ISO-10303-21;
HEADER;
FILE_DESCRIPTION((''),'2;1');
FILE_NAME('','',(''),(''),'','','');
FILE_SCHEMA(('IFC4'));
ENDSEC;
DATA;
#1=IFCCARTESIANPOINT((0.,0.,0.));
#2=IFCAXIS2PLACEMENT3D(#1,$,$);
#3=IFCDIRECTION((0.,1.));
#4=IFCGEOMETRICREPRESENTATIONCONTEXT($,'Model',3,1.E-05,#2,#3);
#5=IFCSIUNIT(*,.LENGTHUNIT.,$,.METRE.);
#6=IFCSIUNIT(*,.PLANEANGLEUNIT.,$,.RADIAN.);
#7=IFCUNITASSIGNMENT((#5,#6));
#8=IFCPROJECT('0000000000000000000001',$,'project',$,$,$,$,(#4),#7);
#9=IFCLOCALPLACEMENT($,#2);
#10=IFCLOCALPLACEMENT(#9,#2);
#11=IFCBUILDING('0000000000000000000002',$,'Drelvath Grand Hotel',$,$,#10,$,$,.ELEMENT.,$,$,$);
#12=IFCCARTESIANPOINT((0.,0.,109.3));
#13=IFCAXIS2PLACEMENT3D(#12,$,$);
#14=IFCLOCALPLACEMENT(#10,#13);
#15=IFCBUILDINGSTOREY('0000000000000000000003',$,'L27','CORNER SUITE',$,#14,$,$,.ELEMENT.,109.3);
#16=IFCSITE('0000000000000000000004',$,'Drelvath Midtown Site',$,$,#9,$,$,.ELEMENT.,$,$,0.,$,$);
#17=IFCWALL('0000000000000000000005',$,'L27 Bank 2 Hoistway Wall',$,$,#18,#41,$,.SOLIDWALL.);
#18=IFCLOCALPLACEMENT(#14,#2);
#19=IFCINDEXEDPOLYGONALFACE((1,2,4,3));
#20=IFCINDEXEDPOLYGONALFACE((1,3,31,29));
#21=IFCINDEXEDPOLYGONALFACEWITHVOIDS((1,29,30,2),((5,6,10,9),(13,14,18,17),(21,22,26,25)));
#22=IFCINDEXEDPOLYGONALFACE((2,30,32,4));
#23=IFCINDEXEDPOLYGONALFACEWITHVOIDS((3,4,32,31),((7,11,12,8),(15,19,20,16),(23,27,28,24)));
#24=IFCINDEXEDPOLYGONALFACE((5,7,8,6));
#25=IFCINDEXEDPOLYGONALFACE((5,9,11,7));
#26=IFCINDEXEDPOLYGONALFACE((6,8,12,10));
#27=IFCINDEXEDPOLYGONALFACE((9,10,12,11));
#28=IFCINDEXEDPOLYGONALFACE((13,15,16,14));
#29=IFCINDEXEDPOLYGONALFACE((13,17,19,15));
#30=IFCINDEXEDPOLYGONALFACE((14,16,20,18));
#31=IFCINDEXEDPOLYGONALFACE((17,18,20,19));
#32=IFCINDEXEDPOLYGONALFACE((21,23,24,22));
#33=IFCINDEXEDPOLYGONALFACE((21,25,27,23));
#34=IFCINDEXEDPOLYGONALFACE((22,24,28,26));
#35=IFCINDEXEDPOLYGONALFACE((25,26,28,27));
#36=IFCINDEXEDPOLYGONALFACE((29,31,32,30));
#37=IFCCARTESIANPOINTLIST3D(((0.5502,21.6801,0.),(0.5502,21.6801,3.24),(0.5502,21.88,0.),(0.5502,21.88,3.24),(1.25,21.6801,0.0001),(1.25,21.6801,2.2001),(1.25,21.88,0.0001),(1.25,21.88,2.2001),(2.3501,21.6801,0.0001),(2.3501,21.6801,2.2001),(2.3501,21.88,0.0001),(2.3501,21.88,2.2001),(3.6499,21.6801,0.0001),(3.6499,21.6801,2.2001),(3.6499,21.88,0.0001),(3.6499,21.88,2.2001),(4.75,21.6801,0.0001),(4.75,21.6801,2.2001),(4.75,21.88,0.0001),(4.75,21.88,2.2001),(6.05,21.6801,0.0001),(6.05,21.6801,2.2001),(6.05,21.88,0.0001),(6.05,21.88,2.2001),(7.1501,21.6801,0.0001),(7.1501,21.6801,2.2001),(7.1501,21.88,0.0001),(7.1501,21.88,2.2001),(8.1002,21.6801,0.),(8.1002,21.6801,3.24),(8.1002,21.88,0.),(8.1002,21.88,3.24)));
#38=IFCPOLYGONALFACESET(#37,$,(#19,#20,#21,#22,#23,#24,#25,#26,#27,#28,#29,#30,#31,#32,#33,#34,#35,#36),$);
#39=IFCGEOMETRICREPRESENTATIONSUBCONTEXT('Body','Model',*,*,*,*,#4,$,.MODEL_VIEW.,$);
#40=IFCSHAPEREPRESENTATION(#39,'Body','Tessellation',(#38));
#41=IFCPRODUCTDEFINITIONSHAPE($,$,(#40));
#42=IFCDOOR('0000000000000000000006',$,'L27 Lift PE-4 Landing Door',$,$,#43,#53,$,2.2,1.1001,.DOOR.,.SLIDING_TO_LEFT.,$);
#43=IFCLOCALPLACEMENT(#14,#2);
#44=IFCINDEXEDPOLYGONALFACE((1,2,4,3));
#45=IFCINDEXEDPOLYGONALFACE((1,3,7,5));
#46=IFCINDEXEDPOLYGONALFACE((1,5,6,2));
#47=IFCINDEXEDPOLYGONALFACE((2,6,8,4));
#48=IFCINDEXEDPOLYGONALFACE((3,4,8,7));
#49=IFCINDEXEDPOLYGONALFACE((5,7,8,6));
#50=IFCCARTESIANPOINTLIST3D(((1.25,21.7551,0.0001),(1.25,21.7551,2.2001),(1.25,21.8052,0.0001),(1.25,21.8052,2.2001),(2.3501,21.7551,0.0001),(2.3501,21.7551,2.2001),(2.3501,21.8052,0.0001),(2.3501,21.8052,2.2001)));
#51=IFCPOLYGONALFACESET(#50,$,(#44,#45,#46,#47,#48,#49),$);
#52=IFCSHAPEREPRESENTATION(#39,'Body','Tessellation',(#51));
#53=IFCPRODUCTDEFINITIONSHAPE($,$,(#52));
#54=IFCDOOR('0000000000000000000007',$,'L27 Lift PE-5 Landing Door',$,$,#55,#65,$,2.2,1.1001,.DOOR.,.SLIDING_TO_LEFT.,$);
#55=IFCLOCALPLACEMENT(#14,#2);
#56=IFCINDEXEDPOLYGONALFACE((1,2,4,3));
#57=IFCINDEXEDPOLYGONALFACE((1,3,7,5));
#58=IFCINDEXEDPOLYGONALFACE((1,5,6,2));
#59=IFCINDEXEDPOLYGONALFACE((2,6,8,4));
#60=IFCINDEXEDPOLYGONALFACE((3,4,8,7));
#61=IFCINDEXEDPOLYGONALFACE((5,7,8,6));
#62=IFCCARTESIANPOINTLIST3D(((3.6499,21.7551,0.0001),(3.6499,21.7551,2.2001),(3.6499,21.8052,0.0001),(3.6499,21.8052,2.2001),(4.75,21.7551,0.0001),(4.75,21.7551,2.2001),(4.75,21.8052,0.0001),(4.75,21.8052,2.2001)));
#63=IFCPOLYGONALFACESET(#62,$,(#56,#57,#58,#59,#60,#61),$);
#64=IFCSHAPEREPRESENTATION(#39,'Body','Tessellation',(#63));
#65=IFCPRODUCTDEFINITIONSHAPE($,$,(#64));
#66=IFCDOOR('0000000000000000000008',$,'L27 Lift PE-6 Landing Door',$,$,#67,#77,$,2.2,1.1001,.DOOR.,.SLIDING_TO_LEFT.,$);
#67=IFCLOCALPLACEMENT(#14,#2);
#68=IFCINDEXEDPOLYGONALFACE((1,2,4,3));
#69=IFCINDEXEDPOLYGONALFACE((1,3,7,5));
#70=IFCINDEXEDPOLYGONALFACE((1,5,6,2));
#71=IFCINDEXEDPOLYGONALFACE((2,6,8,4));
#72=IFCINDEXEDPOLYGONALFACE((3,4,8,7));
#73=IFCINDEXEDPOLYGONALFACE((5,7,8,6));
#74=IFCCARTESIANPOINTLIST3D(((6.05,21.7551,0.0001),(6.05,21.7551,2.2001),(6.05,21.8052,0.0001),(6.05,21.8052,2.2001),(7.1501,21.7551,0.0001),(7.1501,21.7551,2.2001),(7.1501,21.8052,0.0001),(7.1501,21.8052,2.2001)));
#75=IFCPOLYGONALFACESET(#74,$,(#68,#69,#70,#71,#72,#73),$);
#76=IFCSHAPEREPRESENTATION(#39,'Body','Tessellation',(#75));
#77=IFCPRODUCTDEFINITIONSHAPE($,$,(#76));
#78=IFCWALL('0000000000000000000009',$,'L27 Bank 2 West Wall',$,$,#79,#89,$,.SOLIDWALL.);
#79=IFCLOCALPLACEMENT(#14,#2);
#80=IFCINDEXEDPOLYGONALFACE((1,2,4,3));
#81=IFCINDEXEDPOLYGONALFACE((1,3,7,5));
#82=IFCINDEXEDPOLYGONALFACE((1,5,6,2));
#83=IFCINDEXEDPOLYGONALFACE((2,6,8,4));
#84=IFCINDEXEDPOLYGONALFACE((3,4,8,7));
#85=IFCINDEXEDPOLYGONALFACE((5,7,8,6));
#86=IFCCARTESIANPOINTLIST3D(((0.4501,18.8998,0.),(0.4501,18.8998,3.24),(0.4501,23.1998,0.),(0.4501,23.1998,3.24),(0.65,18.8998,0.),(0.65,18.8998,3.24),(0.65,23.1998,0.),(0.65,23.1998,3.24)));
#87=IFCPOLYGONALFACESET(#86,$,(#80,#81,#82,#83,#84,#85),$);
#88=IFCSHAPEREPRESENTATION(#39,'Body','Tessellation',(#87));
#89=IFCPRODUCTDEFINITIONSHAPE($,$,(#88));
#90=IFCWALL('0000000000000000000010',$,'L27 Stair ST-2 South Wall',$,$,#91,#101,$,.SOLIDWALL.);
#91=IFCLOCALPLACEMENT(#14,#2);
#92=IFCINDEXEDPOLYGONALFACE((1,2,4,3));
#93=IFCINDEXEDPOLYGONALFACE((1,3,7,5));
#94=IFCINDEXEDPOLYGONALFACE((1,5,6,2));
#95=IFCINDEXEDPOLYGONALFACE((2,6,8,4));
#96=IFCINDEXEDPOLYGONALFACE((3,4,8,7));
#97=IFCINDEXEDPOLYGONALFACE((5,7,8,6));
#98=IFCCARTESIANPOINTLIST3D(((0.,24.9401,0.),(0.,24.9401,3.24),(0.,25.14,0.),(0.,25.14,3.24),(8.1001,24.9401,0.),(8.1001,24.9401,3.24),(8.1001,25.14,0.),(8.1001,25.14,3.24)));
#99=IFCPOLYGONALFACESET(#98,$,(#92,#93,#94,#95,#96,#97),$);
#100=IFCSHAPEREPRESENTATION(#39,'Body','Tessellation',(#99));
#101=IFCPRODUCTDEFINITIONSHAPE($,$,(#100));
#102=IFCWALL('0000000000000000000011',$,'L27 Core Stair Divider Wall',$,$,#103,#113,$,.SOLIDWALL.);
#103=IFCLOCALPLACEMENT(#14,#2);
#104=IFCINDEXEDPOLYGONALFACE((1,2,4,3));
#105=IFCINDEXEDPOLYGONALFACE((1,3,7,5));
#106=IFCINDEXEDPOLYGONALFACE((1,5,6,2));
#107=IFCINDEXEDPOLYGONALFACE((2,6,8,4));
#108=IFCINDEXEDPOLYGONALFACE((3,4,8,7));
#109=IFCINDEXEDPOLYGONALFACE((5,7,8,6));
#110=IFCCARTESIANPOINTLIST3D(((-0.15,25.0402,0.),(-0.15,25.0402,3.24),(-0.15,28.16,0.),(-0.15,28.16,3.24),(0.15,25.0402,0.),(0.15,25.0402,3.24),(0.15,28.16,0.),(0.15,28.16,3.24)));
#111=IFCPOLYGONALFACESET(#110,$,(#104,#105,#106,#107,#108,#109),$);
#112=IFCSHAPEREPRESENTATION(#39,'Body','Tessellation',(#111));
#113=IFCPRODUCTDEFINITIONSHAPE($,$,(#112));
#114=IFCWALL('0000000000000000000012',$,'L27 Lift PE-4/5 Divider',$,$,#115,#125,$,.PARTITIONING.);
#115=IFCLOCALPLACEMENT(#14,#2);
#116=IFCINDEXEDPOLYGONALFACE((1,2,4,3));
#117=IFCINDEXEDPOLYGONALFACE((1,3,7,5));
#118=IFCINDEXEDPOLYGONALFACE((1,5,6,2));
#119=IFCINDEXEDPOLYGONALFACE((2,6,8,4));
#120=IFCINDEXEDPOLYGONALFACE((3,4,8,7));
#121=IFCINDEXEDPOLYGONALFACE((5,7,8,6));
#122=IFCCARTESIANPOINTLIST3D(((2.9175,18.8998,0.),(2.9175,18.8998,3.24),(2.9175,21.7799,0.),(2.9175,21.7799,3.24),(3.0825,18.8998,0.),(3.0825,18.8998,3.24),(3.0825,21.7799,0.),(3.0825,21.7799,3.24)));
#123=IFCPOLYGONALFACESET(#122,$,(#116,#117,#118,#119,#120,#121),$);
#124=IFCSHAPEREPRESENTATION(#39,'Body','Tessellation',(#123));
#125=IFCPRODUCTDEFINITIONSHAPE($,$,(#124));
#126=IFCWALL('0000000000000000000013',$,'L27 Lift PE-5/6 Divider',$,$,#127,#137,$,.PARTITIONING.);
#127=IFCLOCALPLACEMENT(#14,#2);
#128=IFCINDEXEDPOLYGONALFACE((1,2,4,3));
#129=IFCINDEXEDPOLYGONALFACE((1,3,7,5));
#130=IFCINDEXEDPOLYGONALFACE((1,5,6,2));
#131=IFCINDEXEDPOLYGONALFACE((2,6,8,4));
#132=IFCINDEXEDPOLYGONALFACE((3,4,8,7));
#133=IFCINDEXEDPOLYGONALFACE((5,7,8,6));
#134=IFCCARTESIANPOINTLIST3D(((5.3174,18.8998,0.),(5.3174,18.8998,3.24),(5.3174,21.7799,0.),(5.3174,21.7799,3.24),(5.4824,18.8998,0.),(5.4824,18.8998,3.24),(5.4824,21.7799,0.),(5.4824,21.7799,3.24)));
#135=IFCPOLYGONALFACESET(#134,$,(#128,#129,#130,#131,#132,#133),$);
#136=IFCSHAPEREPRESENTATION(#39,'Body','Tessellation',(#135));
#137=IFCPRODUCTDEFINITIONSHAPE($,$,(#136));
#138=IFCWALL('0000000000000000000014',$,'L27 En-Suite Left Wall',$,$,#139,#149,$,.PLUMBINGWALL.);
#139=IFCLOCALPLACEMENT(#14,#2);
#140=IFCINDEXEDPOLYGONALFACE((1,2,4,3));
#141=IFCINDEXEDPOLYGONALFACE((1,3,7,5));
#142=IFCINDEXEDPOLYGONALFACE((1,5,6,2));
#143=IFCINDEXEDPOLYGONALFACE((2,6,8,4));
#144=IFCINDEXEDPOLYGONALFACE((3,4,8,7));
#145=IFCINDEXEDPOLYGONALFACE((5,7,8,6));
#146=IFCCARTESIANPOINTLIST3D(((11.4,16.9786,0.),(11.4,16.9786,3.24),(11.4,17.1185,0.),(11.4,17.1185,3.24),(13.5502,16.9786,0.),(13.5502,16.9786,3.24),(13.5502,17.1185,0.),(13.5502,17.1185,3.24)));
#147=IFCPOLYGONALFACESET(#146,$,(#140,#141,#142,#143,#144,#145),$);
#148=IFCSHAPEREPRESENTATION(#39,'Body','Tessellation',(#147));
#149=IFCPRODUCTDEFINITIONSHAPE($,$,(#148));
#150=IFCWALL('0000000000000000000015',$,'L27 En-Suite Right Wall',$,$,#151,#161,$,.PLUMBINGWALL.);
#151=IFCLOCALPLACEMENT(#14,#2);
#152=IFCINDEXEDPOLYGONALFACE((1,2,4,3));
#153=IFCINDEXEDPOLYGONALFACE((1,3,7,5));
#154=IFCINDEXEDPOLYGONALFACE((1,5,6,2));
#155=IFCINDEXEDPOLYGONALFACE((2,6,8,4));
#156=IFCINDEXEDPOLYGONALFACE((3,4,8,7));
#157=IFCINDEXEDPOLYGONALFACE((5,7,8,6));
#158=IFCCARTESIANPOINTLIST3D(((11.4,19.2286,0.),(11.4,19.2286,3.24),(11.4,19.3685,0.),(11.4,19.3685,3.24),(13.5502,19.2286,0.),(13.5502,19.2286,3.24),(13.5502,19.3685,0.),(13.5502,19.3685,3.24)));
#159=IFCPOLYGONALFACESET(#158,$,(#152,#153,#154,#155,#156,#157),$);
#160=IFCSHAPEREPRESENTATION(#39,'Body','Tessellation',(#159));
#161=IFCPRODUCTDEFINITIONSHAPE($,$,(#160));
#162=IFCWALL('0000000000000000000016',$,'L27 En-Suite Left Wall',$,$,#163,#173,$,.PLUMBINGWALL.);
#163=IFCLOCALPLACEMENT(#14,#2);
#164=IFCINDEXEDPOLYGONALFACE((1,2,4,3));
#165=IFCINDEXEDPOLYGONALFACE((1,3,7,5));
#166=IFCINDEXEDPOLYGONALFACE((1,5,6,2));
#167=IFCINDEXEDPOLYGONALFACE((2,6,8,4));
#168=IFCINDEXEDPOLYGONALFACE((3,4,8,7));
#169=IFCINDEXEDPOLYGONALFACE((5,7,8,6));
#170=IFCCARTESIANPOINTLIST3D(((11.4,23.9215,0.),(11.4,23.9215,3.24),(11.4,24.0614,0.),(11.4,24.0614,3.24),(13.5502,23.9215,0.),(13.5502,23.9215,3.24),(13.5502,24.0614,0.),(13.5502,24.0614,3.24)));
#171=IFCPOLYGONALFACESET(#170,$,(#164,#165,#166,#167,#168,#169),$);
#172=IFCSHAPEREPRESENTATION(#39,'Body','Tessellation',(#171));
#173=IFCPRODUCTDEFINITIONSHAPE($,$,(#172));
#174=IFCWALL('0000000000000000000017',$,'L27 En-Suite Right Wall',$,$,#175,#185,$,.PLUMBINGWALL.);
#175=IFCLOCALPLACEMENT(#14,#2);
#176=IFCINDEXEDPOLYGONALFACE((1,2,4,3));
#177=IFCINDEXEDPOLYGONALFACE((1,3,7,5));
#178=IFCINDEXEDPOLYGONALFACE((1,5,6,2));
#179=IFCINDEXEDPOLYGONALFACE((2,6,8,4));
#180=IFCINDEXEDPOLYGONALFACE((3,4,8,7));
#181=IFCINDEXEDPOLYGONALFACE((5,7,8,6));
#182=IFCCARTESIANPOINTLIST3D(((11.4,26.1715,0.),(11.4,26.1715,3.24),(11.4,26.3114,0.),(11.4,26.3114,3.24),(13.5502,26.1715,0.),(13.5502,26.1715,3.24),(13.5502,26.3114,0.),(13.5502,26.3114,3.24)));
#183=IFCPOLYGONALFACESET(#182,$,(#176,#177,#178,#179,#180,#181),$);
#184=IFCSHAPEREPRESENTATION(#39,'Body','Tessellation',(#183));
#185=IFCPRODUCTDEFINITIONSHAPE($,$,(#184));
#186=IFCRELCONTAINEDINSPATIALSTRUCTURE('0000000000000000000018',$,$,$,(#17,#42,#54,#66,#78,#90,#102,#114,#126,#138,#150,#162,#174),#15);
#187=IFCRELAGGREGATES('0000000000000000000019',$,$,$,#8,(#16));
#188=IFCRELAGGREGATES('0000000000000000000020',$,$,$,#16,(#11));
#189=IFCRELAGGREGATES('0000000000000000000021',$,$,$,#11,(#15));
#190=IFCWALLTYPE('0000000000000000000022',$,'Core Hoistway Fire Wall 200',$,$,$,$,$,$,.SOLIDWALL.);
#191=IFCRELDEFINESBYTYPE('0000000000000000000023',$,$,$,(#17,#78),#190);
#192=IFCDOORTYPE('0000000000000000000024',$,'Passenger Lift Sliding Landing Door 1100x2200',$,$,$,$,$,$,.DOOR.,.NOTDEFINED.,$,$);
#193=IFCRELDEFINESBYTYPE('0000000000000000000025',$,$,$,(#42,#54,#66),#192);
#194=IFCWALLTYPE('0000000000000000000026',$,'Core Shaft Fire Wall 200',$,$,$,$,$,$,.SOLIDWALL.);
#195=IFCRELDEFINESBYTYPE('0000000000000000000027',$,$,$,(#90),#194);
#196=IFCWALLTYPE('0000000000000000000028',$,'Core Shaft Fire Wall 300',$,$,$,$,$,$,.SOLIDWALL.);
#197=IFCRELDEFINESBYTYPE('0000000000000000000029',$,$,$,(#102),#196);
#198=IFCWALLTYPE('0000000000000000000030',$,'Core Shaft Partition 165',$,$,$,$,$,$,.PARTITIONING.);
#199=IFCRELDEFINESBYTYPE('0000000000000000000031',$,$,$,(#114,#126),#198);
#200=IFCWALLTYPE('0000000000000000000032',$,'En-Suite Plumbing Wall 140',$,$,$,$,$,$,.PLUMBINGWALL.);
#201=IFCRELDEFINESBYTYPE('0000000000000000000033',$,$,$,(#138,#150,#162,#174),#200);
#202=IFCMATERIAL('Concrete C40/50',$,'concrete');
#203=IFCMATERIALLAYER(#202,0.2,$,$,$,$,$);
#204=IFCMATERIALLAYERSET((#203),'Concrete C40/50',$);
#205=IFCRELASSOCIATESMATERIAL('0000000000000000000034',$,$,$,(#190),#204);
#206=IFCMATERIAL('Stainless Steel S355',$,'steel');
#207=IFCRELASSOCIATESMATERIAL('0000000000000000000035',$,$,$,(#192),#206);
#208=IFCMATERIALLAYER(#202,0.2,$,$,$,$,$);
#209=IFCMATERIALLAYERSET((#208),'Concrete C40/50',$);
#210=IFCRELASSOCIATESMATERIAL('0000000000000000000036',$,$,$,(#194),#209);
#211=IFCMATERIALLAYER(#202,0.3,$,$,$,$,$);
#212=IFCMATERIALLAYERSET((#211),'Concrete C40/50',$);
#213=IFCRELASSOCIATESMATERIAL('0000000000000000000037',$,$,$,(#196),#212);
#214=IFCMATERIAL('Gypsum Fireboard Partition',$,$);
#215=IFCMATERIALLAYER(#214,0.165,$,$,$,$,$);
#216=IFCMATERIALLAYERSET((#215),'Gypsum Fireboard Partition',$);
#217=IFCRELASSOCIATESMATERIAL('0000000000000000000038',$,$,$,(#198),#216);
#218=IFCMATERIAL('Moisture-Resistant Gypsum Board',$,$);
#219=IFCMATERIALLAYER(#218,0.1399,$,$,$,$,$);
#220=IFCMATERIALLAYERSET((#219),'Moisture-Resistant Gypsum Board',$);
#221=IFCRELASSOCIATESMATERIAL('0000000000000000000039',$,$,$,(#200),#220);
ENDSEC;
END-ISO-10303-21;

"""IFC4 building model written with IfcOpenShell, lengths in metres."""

from ifc_helpers import new_model, si_unit, direction, frame, frame_2d, origin, place, context, subcontext, project, spatial, rectangle, extrude, material, layer, layer_set, type_object, element, fill, save


model = new_model("IFC4")

# Units and contexts
model_context = context("Model", 3, precision=1e-05, world=origin(), true_north=direction((0.0, 1.0)))
body_context = subcontext(model_context, "Body", "Model", "MODEL_VIEW")
ifc_project = project(units=[si_unit("LENGTHUNIT", "METRE"), si_unit("PLANEANGLEUNIT", "RADIAN")], contexts=[model_context])

# Site, building, storey
site_placement = place(None, origin())
site = spatial("IfcSite", under=ifc_project, at=site_placement, Name="Drelvath Midtown Site", CompositionType="ELEMENT", RefElevation=0.0)
building_placement = place(site_placement, origin())
building = spatial("IfcBuilding", under=site, at=building_placement, Name="Drelvath Grand Hotel", CompositionType="ELEMENT")
storey_placement = place(building_placement, frame((0.0, 0.0, 109.3)))
storey = spatial("IfcBuildingStorey", under=building, at=storey_placement, Name="L27", Description="CORNER SUITE", CompositionType="ELEMENT", Elevation=109.3)

# Wall, openings, doors
ifc_material_1 = material(Name="Concrete C40/50", Category="concrete")
ifc_layer_1 = layer(ifc_material_1, 0.2)
ifc_layer_set_1 = layer_set([ifc_layer_1], Name="Concrete C40/50")
wall_type_1 = type_object("IfcWallType", Name="Core Hoistway Fire Wall 200", PredefinedType="SOLIDWALL", material=ifc_layer_set_1)
wall_1_placement = place(storey_placement, frame((8.1001, 21.78, 0.0), z_axis=(0.0, 0.0, 1.0), x_axis=(-1.0, 0.0, 0.0)))
wall_1 = element("IfcWall", 1, at=wall_1_placement, inside=storey, type_object=wall_type_1, Name="L27 Bank 2 Hoistway Wall", PredefinedType="SOLIDWALL", context=body_context, shape_type="SweptSolid", body=[
    extrude(rectangle(XDim=7.55, YDim=0.2, at=frame_2d((3.7749, 0.0))), origin(), (0.0, 0.0, 1.0), 3.24),
])
opening_1_placement = place(wall_1_placement, frame((5.75, 0.0, 0.0)))
opening_1 = element("IfcOpeningElement", 2, at=opening_1_placement, cuts=wall_1, PredefinedType="OPENING", context=body_context, shape_type="SweptSolid", body=[
    extrude(rectangle(XDim=1.1001, YDim=2.2, at=frame_2d((0.55, 1.1001))), frame((0.0, 0.1099, 0.0), z_axis=(0.0, -1.0, 0.0), x_axis=(1.0, 0.0, 0.0)), (0.0, 0.0, 1.0), 0.22),
])
opening_2_placement = place(wall_1_placement, frame((3.3501, 0.0, 0.0)))
opening_2 = element("IfcOpeningElement", 3, at=opening_2_placement, cuts=wall_1, PredefinedType="OPENING", context=body_context, shape_type="SweptSolid", body=[
    extrude(rectangle(XDim=1.1001, YDim=2.2, at=frame_2d((0.55, 1.1001))), frame((0.0, 0.1099, 0.0), z_axis=(0.0, -1.0, 0.0), x_axis=(1.0, 0.0, 0.0)), (0.0, 0.0, 1.0), 0.22),
])
opening_3_placement = place(wall_1_placement, frame((0.95, 0.0, 0.0)))
opening_3 = element("IfcOpeningElement", 4, at=opening_3_placement, cuts=wall_1, PredefinedType="OPENING", context=body_context, shape_type="SweptSolid", body=[
    extrude(rectangle(XDim=1.1001, YDim=2.2, at=frame_2d((0.55, 1.1001))), frame((0.0, 0.1099, 0.0), z_axis=(0.0, -1.0, 0.0), x_axis=(1.0, 0.0, 0.0)), (0.0, 0.0, 1.0), 0.22),
])
ifc_material_2 = material(Name="Stainless Steel S355", Category="steel")
door_type = type_object("IfcDoorType", Name="Passenger Lift Sliding Landing Door 1100x2200", OperationType="NOTDEFINED", PredefinedType="DOOR", material=ifc_material_2)
door_1_placement = place(opening_1_placement, origin())
door_1 = element("IfcDoor", 5, at=door_1_placement, inside=storey, type_object=door_type, Name="L27 Lift PE-4 Landing Door", OperationType="SLIDING_TO_LEFT", OverallHeight=2.2, OverallWidth=1.1001, PredefinedType="DOOR", context=body_context, shape_type="SweptSolid", body=[
    extrude(rectangle(XDim=1.1001, YDim=2.2, at=frame_2d((0.55, 1.1001))), frame((0.0, 0.0249, 0.0), z_axis=(0.0, -1.0, 0.0), x_axis=(1.0, 0.0, 0.0)), (0.0, 0.0, 1.0), 0.05),
])
fill(opening_1, door_1)
door_2_placement = place(opening_2_placement, origin())
door_2 = element("IfcDoor", 6, at=door_2_placement, inside=storey, type_object=door_type, Name="L27 Lift PE-5 Landing Door", OperationType="SLIDING_TO_LEFT", OverallHeight=2.2, OverallWidth=1.1001, PredefinedType="DOOR", context=body_context, shape_type="SweptSolid", body=[
    extrude(rectangle(XDim=1.1001, YDim=2.2, at=frame_2d((0.55, 1.1001))), frame((0.0, 0.0249, 0.0), z_axis=(0.0, -1.0, 0.0), x_axis=(1.0, 0.0, 0.0)), (0.0, 0.0, 1.0), 0.05),
])
fill(opening_2, door_2)
door_3_placement = place(opening_3_placement, origin())
door_3 = element("IfcDoor", 7, at=door_3_placement, inside=storey, type_object=door_type, Name="L27 Lift PE-6 Landing Door", OperationType="SLIDING_TO_LEFT", OverallHeight=2.2, OverallWidth=1.1001, PredefinedType="DOOR", context=body_context, shape_type="SweptSolid", body=[
    extrude(rectangle(XDim=1.1001, YDim=2.2, at=frame_2d((0.55, 1.1001))), frame((0.0, 0.0249, 0.0), z_axis=(0.0, -1.0, 0.0), x_axis=(1.0, 0.0, 0.0)), (0.0, 0.0, 1.0), 0.05),
])
fill(opening_3, door_3)

# Walls
wall_2_placement = place(storey_placement, frame((0.55, 18.8999, 0.0), z_axis=(0.0, 0.0, 1.0), x_axis=(0.0, 1.0, 0.0)))
element("IfcWall", 8, at=wall_2_placement, inside=storey, type_object=wall_type_1, Name="L27 Bank 2 West Wall", PredefinedType="SOLIDWALL", context=body_context, shape_type="SweptSolid", body=[
    extrude(rectangle(XDim=4.3, YDim=0.2, at=frame_2d((2.1499, 0.0))), origin(), (0.0, 0.0, 1.0), 3.24),
])
ifc_layer_2 = layer(ifc_material_1, 0.2)
ifc_layer_set_2 = layer_set([ifc_layer_2], Name="Concrete C40/50")
wall_type_2 = type_object("IfcWallType", Name="Core Shaft Fire Wall 200", PredefinedType="SOLIDWALL", material=ifc_layer_set_2)
wall_3_placement = place(storey_placement, frame((0.0, 25.04, 0.0), z_axis=(0.0, 0.0, 1.0), x_axis=(1.0, 0.0, 0.0)))
element("IfcWall", 9, at=wall_3_placement, inside=storey, type_object=wall_type_2, Name="L27 Stair ST-2 South Wall", PredefinedType="SOLIDWALL", context=body_context, shape_type="SweptSolid", body=[
    extrude(rectangle(XDim=8.1001, YDim=0.2, at=frame_2d((4.05, 0.0))), origin(), (0.0, 0.0, 1.0), 3.24),
])
ifc_layer_3 = layer(ifc_material_1, 0.3)
ifc_layer_set_3 = layer_set([ifc_layer_3], Name="Concrete C40/50")
wall_type_3 = type_object("IfcWallType", Name="Core Shaft Fire Wall 300", PredefinedType="SOLIDWALL", material=ifc_layer_set_3)
wall_4_placement = place(storey_placement, frame((0.0, 25.04, 0.0), z_axis=(0.0, 0.0, 1.0), x_axis=(0.0, 1.0, 0.0)))
element("IfcWall", 10, at=wall_4_placement, inside=storey, type_object=wall_type_3, Name="L27 Core Stair Divider Wall", PredefinedType="SOLIDWALL", context=body_context, shape_type="SweptSolid", body=[
    extrude(rectangle(XDim=3.1199, YDim=0.3, at=frame_2d((1.5601, 0.0))), origin(), (0.0, 0.0, 1.0), 3.24),
])
ifc_material_3 = material(Name="Gypsum Fireboard Partition")
ifc_layer_4 = layer(ifc_material_3, 0.165)
ifc_layer_set_4 = layer_set([ifc_layer_4], Name="Gypsum Fireboard Partition")
wall_type_4 = type_object("IfcWallType", Name="Core Shaft Partition 165", PredefinedType="PARTITIONING", material=ifc_layer_set_4)
for number, where, z_axis, x_axis, name in (
    (11, (3.0, 18.8999, 0.0), (0.0, 0.0, 1.0), (0.0, 1.0, 0.0), "L27 Lift PE-4/5 Divider"),
    (12, (5.3999, 18.8999, 0.0), (0.0, 0.0, 1.0), (0.0, 1.0, 0.0), "L27 Lift PE-5/6 Divider"),
):
    element("IfcWall", number, at=place(storey_placement, frame(where, z_axis=z_axis, x_axis=x_axis)), inside=storey, type_object=wall_type_4, Name=name, PredefinedType="PARTITIONING", context=body_context, shape_type="SweptSolid", body=[
        extrude(rectangle(XDim=2.8801, YDim=0.165, at=frame_2d((1.4399, 0.0))), origin(), (0.0, 0.0, 1.0), 3.24),
    ])
ifc_material_4 = material(Name="Moisture-Resistant Gypsum Board")
ifc_layer_5 = layer(ifc_material_4, 0.1399)
ifc_layer_set_5 = layer_set([ifc_layer_5], Name="Moisture-Resistant Gypsum Board")
wall_type_5 = type_object("IfcWallType", Name="En-Suite Plumbing Wall 140", PredefinedType="PLUMBINGWALL", material=ifc_layer_set_5)
for number, where, z_axis, x_axis, name in (
    (13, (11.3999, 17.0486, 0.0), (0.0, 0.0, 1.0), (1.0, 0.0, 0.0), "L27 En-Suite Left Wall"),
    (14, (11.3999, 19.2986, 0.0), (0.0, 0.0, 1.0), (1.0, 0.0, 0.0), "L27 En-Suite Right Wall"),
    (15, (11.3999, 23.9915, 0.0), (0.0, 0.0, 1.0), (1.0, 0.0, 0.0), "L27 En-Suite Left Wall"),
    (16, (11.3999, 26.2415, 0.0), (0.0, 0.0, 1.0), (1.0, 0.0, 0.0), "L27 En-Suite Right Wall"),
):
    element("IfcWall", number, at=place(storey_placement, frame(where, z_axis=z_axis, x_axis=x_axis)), inside=storey, type_object=wall_type_5, Name=name, PredefinedType="PLUMBINGWALL", context=body_context, shape_type="SweptSolid", body=[
        extrude(rectangle(XDim=2.1501, YDim=0.1399, at=frame_2d((1.0752, 0.0))), origin(), (0.0, 0.0, 1.0), 3.24),
    ])

save(model, "model.ifc")
